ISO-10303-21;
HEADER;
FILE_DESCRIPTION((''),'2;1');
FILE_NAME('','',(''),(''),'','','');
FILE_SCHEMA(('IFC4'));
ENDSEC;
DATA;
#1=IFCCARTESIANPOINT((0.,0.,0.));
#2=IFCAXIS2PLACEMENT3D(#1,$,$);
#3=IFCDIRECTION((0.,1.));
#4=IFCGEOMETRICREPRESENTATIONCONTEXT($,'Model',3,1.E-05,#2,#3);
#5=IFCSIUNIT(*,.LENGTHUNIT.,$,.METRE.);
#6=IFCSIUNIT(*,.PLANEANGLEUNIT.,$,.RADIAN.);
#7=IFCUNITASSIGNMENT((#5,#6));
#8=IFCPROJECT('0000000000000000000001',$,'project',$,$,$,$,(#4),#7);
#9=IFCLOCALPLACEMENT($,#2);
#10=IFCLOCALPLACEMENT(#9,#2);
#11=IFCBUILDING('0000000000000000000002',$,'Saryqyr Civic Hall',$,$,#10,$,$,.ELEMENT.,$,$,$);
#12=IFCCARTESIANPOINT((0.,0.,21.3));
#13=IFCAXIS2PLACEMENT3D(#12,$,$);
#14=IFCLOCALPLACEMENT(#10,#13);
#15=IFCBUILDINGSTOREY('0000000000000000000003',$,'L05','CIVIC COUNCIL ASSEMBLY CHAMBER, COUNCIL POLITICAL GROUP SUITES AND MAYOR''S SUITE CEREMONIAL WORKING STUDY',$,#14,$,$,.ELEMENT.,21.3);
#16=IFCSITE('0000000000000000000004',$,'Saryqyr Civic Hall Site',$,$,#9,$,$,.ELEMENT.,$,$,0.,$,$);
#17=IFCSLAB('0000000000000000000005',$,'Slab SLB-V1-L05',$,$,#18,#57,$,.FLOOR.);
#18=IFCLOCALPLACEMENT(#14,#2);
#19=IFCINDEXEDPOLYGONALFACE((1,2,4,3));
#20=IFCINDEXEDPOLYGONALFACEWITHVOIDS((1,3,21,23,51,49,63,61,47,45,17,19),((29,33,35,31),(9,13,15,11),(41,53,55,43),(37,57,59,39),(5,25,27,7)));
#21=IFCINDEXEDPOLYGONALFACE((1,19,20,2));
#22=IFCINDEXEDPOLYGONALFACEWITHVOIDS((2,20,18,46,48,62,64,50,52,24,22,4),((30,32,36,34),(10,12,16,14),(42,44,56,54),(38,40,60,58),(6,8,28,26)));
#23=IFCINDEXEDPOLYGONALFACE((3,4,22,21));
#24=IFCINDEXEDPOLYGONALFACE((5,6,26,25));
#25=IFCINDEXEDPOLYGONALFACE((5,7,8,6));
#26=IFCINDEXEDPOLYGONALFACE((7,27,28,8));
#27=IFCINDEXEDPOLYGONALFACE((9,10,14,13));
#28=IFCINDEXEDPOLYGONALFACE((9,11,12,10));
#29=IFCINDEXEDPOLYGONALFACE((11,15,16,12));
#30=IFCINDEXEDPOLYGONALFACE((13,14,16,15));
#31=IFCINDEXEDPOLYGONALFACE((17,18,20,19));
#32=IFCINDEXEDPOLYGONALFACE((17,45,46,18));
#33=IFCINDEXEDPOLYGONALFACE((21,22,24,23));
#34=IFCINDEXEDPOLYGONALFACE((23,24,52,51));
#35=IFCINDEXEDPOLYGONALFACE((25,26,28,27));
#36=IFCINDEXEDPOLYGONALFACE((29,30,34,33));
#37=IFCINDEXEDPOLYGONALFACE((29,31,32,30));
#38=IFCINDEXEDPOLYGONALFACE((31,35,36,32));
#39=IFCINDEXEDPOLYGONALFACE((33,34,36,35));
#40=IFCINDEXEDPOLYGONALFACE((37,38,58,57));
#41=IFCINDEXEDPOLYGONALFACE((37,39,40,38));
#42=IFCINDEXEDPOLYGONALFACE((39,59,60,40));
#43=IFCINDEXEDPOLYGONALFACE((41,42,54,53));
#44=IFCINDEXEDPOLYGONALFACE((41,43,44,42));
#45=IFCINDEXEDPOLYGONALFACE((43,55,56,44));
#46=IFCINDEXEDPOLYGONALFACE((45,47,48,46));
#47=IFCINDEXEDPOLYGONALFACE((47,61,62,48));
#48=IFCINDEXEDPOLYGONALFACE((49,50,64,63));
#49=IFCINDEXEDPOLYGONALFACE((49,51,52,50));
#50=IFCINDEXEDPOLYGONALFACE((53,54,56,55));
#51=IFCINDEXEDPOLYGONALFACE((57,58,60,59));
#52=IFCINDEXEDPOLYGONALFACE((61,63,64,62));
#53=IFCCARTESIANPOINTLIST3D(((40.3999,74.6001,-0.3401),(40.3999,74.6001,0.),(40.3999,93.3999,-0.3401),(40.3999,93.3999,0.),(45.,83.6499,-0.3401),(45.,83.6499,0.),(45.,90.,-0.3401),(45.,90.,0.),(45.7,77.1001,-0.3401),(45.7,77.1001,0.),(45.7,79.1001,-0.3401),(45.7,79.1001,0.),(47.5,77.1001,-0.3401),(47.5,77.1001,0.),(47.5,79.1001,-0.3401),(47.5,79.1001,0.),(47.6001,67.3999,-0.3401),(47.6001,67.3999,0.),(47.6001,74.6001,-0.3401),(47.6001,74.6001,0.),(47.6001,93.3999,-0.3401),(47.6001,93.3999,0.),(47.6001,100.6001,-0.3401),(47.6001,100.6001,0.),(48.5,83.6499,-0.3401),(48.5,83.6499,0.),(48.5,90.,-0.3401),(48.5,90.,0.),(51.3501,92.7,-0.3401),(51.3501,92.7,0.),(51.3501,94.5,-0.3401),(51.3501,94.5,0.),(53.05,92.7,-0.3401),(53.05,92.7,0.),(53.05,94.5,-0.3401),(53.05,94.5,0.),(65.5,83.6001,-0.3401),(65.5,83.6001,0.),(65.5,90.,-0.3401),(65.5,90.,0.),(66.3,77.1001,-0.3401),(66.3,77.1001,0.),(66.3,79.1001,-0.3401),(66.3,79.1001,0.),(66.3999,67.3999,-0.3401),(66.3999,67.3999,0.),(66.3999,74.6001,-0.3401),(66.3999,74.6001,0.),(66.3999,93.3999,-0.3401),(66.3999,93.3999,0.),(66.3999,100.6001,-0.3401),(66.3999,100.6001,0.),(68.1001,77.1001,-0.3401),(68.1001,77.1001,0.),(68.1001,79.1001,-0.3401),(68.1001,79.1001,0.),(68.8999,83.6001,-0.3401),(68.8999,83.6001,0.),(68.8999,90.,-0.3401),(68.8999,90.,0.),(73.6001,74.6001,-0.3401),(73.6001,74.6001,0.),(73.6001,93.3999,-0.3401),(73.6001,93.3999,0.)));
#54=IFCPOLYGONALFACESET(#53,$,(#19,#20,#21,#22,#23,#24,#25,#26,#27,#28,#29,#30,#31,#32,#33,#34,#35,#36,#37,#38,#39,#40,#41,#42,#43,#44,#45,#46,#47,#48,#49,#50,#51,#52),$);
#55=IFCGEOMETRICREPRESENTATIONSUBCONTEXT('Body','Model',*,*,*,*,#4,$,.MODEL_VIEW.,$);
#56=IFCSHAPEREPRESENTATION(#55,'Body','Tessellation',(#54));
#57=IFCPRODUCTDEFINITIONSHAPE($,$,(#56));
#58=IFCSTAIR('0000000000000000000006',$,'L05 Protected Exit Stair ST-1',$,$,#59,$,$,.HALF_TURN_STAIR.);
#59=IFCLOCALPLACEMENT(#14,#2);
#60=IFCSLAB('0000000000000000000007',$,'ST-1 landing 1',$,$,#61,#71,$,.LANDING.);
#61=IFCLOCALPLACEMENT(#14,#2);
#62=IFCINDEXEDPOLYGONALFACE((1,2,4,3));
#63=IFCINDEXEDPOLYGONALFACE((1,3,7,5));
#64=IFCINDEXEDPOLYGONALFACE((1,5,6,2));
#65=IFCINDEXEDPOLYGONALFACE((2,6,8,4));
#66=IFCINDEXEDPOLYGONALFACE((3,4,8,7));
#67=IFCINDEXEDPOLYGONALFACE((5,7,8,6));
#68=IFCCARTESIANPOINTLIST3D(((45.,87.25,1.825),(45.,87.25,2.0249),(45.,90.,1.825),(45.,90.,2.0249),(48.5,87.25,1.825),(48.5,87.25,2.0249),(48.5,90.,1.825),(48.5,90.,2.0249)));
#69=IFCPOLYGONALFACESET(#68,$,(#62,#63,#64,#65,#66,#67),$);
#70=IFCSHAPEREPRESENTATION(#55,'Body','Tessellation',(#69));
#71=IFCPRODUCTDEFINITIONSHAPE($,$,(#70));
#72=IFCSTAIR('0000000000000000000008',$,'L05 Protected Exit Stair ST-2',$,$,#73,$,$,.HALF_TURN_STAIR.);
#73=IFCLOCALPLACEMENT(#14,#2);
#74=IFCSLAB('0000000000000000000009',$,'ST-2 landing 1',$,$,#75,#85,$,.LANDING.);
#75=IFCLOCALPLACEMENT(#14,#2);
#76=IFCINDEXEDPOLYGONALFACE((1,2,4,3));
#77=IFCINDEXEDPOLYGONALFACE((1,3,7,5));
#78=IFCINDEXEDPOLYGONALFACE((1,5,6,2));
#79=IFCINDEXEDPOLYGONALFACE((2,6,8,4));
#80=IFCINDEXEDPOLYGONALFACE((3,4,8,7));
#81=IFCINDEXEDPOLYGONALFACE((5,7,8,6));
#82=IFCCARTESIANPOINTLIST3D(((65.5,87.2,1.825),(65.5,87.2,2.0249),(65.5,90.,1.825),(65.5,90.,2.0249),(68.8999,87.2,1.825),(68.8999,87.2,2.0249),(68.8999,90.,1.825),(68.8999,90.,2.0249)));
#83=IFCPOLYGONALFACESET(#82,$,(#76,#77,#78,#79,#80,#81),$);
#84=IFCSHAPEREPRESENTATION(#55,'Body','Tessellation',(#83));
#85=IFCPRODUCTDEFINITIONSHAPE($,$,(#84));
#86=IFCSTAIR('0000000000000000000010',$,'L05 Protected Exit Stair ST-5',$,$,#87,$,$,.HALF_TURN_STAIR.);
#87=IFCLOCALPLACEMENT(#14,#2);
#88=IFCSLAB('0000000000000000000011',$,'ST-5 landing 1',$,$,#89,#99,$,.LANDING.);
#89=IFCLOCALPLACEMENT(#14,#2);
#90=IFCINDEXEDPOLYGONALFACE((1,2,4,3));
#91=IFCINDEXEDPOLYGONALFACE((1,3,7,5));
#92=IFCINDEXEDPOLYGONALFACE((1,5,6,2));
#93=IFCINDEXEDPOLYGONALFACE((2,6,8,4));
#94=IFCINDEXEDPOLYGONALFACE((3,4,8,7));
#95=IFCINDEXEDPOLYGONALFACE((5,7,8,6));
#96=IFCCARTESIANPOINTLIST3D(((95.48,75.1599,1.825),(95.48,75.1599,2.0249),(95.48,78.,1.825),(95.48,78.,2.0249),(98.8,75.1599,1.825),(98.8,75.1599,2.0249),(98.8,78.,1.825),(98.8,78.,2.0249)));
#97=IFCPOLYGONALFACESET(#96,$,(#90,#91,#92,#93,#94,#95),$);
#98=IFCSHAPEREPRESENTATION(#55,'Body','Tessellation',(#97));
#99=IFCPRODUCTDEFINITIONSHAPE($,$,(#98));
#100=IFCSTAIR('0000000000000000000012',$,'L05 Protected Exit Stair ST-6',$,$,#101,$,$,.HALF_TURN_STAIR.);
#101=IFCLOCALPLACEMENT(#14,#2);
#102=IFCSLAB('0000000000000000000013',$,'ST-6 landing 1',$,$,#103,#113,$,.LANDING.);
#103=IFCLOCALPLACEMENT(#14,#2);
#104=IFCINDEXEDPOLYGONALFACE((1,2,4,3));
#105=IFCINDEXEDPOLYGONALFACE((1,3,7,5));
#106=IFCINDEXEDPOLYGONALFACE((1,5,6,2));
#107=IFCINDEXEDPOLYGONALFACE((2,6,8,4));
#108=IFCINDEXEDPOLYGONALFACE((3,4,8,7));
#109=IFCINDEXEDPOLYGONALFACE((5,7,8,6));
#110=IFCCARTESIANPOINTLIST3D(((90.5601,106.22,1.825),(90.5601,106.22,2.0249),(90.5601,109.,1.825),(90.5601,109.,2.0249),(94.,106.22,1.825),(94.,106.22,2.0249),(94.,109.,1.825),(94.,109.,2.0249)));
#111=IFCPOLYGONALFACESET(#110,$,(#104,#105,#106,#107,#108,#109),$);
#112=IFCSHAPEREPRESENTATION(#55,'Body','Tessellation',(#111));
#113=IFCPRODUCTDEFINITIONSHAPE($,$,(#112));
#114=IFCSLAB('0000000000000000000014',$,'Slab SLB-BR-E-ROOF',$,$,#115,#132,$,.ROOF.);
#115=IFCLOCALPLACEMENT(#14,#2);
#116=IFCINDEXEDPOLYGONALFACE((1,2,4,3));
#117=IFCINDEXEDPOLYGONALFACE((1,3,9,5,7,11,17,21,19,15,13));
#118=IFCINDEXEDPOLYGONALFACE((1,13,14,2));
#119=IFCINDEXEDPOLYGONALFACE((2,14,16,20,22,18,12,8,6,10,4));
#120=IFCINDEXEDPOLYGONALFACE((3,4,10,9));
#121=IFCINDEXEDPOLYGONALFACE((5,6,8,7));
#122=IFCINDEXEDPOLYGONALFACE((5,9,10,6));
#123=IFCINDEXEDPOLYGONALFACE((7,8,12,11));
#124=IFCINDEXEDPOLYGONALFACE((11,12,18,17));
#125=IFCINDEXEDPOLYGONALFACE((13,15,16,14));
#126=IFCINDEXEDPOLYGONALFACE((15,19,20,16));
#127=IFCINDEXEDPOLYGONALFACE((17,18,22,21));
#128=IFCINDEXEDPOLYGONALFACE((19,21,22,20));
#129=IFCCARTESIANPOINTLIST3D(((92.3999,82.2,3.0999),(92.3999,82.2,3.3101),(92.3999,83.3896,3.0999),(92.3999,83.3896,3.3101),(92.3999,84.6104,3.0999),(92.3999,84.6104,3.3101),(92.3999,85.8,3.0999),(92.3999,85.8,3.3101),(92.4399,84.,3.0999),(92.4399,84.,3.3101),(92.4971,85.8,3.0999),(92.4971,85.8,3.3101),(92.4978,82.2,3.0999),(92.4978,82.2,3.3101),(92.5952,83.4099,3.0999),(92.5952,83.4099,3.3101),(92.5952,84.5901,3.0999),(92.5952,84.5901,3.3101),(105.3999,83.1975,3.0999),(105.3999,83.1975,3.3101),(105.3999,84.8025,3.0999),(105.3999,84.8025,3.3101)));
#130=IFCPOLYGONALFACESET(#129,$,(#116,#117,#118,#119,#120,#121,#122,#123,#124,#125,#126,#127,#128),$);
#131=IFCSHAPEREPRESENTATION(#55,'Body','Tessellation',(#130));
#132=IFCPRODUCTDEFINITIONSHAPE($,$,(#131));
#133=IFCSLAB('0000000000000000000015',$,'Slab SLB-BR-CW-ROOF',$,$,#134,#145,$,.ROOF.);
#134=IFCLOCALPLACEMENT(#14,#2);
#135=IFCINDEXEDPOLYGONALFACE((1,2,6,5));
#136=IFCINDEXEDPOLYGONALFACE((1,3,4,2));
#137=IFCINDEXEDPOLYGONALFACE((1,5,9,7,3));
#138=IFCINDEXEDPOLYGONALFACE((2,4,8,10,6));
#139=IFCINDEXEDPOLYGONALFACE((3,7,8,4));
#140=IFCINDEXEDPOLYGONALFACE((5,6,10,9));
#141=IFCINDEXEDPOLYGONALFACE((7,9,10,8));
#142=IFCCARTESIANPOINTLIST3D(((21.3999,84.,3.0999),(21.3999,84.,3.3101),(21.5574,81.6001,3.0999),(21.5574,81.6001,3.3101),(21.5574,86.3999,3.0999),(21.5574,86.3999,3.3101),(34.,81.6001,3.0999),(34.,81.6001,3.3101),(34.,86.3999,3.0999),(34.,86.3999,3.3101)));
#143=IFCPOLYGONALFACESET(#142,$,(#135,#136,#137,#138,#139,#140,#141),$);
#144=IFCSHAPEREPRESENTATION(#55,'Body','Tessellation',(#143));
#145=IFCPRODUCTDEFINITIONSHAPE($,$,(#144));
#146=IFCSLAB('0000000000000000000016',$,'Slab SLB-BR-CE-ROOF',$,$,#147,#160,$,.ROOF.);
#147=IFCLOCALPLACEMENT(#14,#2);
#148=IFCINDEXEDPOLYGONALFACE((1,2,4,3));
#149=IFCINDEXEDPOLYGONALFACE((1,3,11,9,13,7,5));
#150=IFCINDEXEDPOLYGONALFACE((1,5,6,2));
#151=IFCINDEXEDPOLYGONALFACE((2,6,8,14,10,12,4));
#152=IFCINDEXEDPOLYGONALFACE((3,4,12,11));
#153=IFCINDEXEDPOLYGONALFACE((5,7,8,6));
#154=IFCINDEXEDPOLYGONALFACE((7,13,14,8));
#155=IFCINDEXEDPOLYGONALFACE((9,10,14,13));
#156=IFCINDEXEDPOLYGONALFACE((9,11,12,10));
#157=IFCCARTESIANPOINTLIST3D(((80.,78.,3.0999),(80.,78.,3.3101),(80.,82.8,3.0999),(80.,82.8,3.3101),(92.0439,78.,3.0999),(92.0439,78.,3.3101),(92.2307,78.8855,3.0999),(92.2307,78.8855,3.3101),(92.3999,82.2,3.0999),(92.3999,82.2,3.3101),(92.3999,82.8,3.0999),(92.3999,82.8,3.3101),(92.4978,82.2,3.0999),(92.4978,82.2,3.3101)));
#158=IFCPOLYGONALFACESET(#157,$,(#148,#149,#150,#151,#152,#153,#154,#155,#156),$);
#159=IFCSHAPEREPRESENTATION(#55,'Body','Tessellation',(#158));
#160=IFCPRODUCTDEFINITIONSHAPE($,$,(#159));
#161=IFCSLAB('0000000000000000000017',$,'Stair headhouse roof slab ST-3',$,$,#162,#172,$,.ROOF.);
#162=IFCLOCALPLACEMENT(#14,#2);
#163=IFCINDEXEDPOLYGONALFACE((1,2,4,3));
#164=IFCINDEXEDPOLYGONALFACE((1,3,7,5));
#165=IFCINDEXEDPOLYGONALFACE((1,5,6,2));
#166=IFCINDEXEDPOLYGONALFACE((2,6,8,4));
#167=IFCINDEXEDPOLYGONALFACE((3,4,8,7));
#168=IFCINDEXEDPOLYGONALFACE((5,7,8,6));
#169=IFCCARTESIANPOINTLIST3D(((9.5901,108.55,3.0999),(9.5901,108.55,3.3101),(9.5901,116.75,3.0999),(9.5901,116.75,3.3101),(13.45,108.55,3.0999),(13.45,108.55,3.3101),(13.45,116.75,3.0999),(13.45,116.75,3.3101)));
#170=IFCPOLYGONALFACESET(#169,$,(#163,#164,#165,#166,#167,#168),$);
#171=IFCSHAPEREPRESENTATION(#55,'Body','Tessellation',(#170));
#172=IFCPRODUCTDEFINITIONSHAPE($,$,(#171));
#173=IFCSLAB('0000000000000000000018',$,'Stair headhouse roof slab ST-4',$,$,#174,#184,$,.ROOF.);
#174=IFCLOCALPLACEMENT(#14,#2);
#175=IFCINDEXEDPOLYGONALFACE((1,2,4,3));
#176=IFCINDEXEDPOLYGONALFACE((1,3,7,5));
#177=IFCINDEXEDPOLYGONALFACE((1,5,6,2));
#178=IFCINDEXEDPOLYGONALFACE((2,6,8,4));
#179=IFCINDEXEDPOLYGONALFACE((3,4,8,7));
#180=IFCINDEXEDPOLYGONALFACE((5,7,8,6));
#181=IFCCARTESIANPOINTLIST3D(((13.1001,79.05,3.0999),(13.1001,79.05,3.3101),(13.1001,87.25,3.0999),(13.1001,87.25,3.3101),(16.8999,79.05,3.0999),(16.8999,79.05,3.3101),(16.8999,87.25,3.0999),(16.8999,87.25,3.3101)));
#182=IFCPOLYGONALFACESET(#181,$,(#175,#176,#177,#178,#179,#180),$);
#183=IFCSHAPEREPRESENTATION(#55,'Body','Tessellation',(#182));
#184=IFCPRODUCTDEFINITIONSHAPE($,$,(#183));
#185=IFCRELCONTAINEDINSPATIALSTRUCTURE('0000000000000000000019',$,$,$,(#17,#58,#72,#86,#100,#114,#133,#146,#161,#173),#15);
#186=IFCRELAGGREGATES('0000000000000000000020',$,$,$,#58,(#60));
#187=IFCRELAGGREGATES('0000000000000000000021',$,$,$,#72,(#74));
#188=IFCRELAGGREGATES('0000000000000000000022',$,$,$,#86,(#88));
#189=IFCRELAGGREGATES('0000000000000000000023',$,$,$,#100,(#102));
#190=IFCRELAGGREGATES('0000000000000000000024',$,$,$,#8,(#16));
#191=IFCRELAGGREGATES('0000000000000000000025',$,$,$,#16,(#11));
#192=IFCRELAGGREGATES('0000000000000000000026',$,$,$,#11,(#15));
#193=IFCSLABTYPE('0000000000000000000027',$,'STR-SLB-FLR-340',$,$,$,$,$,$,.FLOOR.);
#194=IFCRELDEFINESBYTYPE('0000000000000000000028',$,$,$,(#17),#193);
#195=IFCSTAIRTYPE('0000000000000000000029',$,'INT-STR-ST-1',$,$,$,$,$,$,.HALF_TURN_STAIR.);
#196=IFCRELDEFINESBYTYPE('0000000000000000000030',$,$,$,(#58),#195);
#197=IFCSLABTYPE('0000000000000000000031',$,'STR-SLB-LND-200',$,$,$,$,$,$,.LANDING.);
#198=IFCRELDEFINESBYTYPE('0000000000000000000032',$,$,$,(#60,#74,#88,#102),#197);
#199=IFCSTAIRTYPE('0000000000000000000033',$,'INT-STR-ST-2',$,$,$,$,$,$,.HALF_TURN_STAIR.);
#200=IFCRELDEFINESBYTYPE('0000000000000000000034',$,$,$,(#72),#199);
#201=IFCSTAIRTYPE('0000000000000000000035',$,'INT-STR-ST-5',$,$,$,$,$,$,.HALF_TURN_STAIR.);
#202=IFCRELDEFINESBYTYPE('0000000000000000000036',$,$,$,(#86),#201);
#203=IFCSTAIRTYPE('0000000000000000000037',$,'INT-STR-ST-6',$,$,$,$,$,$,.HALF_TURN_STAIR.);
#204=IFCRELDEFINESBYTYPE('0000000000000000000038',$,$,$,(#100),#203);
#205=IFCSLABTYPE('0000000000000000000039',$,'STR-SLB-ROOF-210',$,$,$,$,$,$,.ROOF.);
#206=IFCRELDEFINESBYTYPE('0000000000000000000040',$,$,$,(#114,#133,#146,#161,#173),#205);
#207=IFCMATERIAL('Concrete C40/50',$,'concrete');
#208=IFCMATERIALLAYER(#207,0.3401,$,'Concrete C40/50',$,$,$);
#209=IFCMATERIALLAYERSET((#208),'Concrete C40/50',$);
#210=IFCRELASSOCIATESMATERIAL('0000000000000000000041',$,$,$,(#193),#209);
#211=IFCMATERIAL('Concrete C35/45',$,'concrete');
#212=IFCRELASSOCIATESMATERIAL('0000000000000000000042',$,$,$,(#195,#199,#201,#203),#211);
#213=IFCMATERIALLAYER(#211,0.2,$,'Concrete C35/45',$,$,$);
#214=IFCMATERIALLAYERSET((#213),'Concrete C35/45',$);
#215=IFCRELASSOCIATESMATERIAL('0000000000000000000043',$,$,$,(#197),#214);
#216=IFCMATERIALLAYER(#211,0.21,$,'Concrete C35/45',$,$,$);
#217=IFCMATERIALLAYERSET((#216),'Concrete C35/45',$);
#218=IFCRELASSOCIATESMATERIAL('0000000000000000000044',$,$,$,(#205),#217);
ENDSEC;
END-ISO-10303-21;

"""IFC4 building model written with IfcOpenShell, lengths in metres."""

from ifc_helpers import new_model, si_unit, direction, frame, origin, place, context, subcontext, project, spatial, polyline, outline, extrude, material, layer, layer_set, type_object, element, aggregate, save


model = new_model("IFC4")

# Units and contexts
model_context = context("Model", 3, precision=1e-05, world=origin(), true_north=direction((0.0, 1.0)))
body_context = subcontext(model_context, "Body", "Model", "MODEL_VIEW")
ifc_project = project(units=[si_unit("LENGTHUNIT", "METRE"), si_unit("PLANEANGLEUNIT", "RADIAN")], contexts=[model_context])

# Site, building, storey
site_placement = place(None, origin())
site = spatial("IfcSite", under=ifc_project, at=site_placement, Name="Saryqyr Civic Hall Site", CompositionType="ELEMENT", RefElevation=0.0)
building_placement = place(site_placement, origin())
building = spatial("IfcBuilding", under=site, at=building_placement, Name="Saryqyr Civic Hall", CompositionType="ELEMENT")
storey_placement = place(building_placement, frame((0.0, 0.0, 21.3)))
storey = spatial("IfcBuildingStorey", under=building, at=storey_placement, Name="L05", Description="CIVIC COUNCIL ASSEMBLY CHAMBER, COUNCIL POLITICAL GROUP SUITES AND MAYOR'S SUITE CEREMONIAL WORKING STUDY", CompositionType="ELEMENT", Elevation=21.3)

# Slab
ifc_material_1 = material(Name="Concrete C35/45", Category="concrete")
ifc_material_2 = material(Name="Concrete C40/50", Category="concrete")
ifc_layer_1 = layer(ifc_material_2, 0.3401, Name="Concrete C40/50")
ifc_layer_set_1 = layer_set([ifc_layer_1], Name="Concrete C40/50")
slab_type_1 = type_object("IfcSlabType", Name="STR-SLB-FLR-340", PredefinedType="FLOOR", material=ifc_layer_set_1)
slab_1_placement = place(storey_placement, frame((0.0, 0.0, -0.3401)))
element("IfcSlab", 1, at=slab_1_placement, inside=storey, type_object=slab_type_1, Name="Slab SLB-V1-L05", PredefinedType="FLOOR", context=body_context, shape_type="SweptSolid", body=[
    extrude(outline(polyline([(47.6001, 74.6001), (40.3999, 74.6001), (40.3999, 93.3999), (47.6001, 93.3999), (47.6001, 100.6001), (66.3999, 100.6001), (66.3999, 93.3999), (73.6001, 93.3999), (73.6001, 74.6001), (66.3999, 74.6001), (66.3999, 67.3999), (47.6001, 67.3999), (47.6001, 74.6001)]), holes=[polyline([(47.5, 79.1001), (45.7, 79.1001), (45.7, 77.1001), (47.5, 77.1001), (47.5, 79.1001)]), polyline([(68.1001, 79.1001), (66.3, 79.1001), (66.3, 77.1001), (68.1001, 77.1001), (68.1001, 79.1001)]), polyline([(48.5, 90.0), (45.0, 90.0), (45.0, 83.6499), (48.5, 83.6499), (48.5, 90.0)]), polyline([(53.05, 92.7), (53.05, 94.5), (51.3501, 94.5), (51.3501, 92.7), (53.05, 92.7)]), polyline([(65.5, 90.0), (65.5, 83.6001), (68.8999, 83.6001), (68.8999, 90.0), (65.5, 90.0)])]), origin(), (0.0, 0.0, 1.0), 0.3401),
])

# Stairs, slabs
stair_type_1 = type_object("IfcStairType", Name="INT-STR-ST-1", PredefinedType="HALF_TURN_STAIR", material=ifc_material_1)
stair_1_placement = place(storey_placement, origin())
stair_1 = element("IfcStair", 2, at=stair_1_placement, inside=storey, type_object=stair_type_1, Name="L05 Protected Exit Stair ST-1", PredefinedType="HALF_TURN_STAIR")
ifc_layer_2 = layer(ifc_material_1, 0.2, Name="Concrete C35/45")
ifc_layer_set_2 = layer_set([ifc_layer_2], Name="Concrete C35/45")
slab_type_2 = type_object("IfcSlabType", Name="STR-SLB-LND-200", PredefinedType="LANDING", material=ifc_layer_set_2)
slab_2_placement = place(storey_placement, frame((0.0, 0.0, 1.825)))
slab_2 = element("IfcSlab", 3, at=slab_2_placement, type_object=slab_type_2, Name="ST-1 landing 1", PredefinedType="LANDING", context=body_context, shape_type="SweptSolid", body=[
    extrude(outline(polyline([(48.5, 87.25), (48.5, 90.0), (45.0, 90.0), (45.0, 87.25), (48.5, 87.25)])), origin(), (0.0, 0.0, 1.0), 0.2),
])
aggregate(stair_1, [slab_2])
stair_type_2 = type_object("IfcStairType", Name="INT-STR-ST-2", PredefinedType="HALF_TURN_STAIR", material=ifc_material_1)
stair_2_placement = place(storey_placement, origin())
stair_2 = element("IfcStair", 4, at=stair_2_placement, inside=storey, type_object=stair_type_2, Name="L05 Protected Exit Stair ST-2", PredefinedType="HALF_TURN_STAIR")
slab_3_placement = place(storey_placement, frame((0.0, 0.0, 1.825)))
slab_3 = element("IfcSlab", 5, at=slab_3_placement, type_object=slab_type_2, Name="ST-2 landing 1", PredefinedType="LANDING", context=body_context, shape_type="SweptSolid", body=[
    extrude(outline(polyline([(68.8999, 87.2), (68.8999, 90.0), (65.5, 90.0), (65.5, 87.2), (68.8999, 87.2)])), origin(), (0.0, 0.0, 1.0), 0.2),
])
aggregate(stair_2, [slab_3])
stair_type_3 = type_object("IfcStairType", Name="INT-STR-ST-5", PredefinedType="HALF_TURN_STAIR", material=ifc_material_1)
stair_3_placement = place(storey_placement, origin())
stair_3 = element("IfcStair", 6, at=stair_3_placement, inside=storey, type_object=stair_type_3, Name="L05 Protected Exit Stair ST-5", PredefinedType="HALF_TURN_STAIR")
slab_4_placement = place(storey_placement, frame((0.0, 0.0, 1.825)))
slab_4 = element("IfcSlab", 7, at=slab_4_placement, type_object=slab_type_2, Name="ST-5 landing 1", PredefinedType="LANDING", context=body_context, shape_type="SweptSolid", body=[
    extrude(outline(polyline([(98.8, 75.1599), (98.8, 78.0), (95.48, 78.0), (95.48, 75.1599), (98.8, 75.1599)])), origin(), (0.0, 0.0, 1.0), 0.2),
])
aggregate(stair_3, [slab_4])
stair_type_4 = type_object("IfcStairType", Name="INT-STR-ST-6", PredefinedType="HALF_TURN_STAIR", material=ifc_material_1)
stair_4_placement = place(storey_placement, origin())
stair_4 = element("IfcStair", 8, at=stair_4_placement, inside=storey, type_object=stair_type_4, Name="L05 Protected Exit Stair ST-6", PredefinedType="HALF_TURN_STAIR")
slab_5_placement = place(storey_placement, frame((0.0, 0.0, 1.825)))
slab_5 = element("IfcSlab", 9, at=slab_5_placement, type_object=slab_type_2, Name="ST-6 landing 1", PredefinedType="LANDING", context=body_context, shape_type="SweptSolid", body=[
    extrude(outline(polyline([(94.0, 106.22), (94.0, 109.0), (90.5601, 109.0), (90.5601, 106.22), (94.0, 106.22)])), origin(), (0.0, 0.0, 1.0), 0.2),
])
aggregate(stair_4, [slab_5])

# Slabs
ifc_layer_3 = layer(ifc_material_1, 0.21, Name="Concrete C35/45")
ifc_layer_set_3 = layer_set([ifc_layer_3], Name="Concrete C35/45")
slab_type_3 = type_object("IfcSlabType", Name="STR-SLB-ROOF-210", PredefinedType="ROOF", material=ifc_layer_set_3)
slab_6_placement = place(storey_placement, frame((0.0, 0.0, 3.0999)))
element("IfcSlab", 10, at=slab_6_placement, inside=storey, type_object=slab_type_3, Name="Slab SLB-BR-E-ROOF", PredefinedType="ROOF", context=body_context, shape_type="SweptSolid", body=[
    extrude(outline(polyline([(105.3999, 83.1975), (92.5952, 83.4099), (92.4978, 82.2), (92.3999, 82.2), (92.3999, 83.3896), (92.4399, 84.0), (92.3999, 84.6104), (92.3999, 85.8), (92.4971, 85.8), (92.5952, 84.5901), (105.3999, 84.8025), (105.3999, 83.1975)])), origin(), (0.0, 0.0, 1.0), 0.2102),
])
slab_7_placement = place(storey_placement, frame((0.0, 0.0, 3.0999)))
element("IfcSlab", 11, at=slab_7_placement, inside=storey, type_object=slab_type_3, Name="Slab SLB-BR-CW-ROOF", PredefinedType="ROOF", context=body_context, shape_type="SweptSolid", body=[
    extrude(outline(polyline([(34.0, 86.3999), (34.0, 81.6001), (21.5574, 81.6001), (21.3999, 84.0), (21.5574, 86.3999), (34.0, 86.3999)])), origin(), (0.0, 0.0, 1.0), 0.2102),
])
slab_8_placement = place(storey_placement, frame((0.0, 0.0, 3.0999)))
element("IfcSlab", 12, at=slab_8_placement, inside=storey, type_object=slab_type_3, Name="Slab SLB-BR-CE-ROOF", PredefinedType="ROOF", context=body_context, shape_type="SweptSolid", body=[
    extrude(outline(polyline([(92.3999, 82.8), (92.3999, 82.2), (92.4978, 82.2), (92.2307, 78.8855), (92.0439, 78.0), (80.0, 78.0), (80.0, 82.8), (92.3999, 82.8)])), origin(), (0.0, 0.0, 1.0), 0.2102),
])
slab_9_placement = place(storey_placement, frame((0.0, 0.0, 3.0999)))
element("IfcSlab", 13, at=slab_9_placement, inside=storey, type_object=slab_type_3, Name="Stair headhouse roof slab ST-3", PredefinedType="ROOF", context=body_context, shape_type="SweptSolid", body=[
    extrude(outline(polyline([(13.45, 108.55), (13.45, 116.75), (9.5901, 116.75), (9.5901, 108.55), (13.45, 108.55)])), origin(), (0.0, 0.0, 1.0), 0.2102),
])
slab_10_placement = place(storey_placement, frame((0.0, 0.0, 3.0999)))
element("IfcSlab", 14, at=slab_10_placement, inside=storey, type_object=slab_type_3, Name="Stair headhouse roof slab ST-4", PredefinedType="ROOF", context=body_context, shape_type="SweptSolid", body=[
    extrude(outline(polyline([(16.8999, 79.05), (16.8999, 87.25), (13.1001, 87.25), (13.1001, 79.05), (16.8999, 79.05)])), origin(), (0.0, 0.0, 1.0), 0.2102),
])

save(model, "model.ifc")
